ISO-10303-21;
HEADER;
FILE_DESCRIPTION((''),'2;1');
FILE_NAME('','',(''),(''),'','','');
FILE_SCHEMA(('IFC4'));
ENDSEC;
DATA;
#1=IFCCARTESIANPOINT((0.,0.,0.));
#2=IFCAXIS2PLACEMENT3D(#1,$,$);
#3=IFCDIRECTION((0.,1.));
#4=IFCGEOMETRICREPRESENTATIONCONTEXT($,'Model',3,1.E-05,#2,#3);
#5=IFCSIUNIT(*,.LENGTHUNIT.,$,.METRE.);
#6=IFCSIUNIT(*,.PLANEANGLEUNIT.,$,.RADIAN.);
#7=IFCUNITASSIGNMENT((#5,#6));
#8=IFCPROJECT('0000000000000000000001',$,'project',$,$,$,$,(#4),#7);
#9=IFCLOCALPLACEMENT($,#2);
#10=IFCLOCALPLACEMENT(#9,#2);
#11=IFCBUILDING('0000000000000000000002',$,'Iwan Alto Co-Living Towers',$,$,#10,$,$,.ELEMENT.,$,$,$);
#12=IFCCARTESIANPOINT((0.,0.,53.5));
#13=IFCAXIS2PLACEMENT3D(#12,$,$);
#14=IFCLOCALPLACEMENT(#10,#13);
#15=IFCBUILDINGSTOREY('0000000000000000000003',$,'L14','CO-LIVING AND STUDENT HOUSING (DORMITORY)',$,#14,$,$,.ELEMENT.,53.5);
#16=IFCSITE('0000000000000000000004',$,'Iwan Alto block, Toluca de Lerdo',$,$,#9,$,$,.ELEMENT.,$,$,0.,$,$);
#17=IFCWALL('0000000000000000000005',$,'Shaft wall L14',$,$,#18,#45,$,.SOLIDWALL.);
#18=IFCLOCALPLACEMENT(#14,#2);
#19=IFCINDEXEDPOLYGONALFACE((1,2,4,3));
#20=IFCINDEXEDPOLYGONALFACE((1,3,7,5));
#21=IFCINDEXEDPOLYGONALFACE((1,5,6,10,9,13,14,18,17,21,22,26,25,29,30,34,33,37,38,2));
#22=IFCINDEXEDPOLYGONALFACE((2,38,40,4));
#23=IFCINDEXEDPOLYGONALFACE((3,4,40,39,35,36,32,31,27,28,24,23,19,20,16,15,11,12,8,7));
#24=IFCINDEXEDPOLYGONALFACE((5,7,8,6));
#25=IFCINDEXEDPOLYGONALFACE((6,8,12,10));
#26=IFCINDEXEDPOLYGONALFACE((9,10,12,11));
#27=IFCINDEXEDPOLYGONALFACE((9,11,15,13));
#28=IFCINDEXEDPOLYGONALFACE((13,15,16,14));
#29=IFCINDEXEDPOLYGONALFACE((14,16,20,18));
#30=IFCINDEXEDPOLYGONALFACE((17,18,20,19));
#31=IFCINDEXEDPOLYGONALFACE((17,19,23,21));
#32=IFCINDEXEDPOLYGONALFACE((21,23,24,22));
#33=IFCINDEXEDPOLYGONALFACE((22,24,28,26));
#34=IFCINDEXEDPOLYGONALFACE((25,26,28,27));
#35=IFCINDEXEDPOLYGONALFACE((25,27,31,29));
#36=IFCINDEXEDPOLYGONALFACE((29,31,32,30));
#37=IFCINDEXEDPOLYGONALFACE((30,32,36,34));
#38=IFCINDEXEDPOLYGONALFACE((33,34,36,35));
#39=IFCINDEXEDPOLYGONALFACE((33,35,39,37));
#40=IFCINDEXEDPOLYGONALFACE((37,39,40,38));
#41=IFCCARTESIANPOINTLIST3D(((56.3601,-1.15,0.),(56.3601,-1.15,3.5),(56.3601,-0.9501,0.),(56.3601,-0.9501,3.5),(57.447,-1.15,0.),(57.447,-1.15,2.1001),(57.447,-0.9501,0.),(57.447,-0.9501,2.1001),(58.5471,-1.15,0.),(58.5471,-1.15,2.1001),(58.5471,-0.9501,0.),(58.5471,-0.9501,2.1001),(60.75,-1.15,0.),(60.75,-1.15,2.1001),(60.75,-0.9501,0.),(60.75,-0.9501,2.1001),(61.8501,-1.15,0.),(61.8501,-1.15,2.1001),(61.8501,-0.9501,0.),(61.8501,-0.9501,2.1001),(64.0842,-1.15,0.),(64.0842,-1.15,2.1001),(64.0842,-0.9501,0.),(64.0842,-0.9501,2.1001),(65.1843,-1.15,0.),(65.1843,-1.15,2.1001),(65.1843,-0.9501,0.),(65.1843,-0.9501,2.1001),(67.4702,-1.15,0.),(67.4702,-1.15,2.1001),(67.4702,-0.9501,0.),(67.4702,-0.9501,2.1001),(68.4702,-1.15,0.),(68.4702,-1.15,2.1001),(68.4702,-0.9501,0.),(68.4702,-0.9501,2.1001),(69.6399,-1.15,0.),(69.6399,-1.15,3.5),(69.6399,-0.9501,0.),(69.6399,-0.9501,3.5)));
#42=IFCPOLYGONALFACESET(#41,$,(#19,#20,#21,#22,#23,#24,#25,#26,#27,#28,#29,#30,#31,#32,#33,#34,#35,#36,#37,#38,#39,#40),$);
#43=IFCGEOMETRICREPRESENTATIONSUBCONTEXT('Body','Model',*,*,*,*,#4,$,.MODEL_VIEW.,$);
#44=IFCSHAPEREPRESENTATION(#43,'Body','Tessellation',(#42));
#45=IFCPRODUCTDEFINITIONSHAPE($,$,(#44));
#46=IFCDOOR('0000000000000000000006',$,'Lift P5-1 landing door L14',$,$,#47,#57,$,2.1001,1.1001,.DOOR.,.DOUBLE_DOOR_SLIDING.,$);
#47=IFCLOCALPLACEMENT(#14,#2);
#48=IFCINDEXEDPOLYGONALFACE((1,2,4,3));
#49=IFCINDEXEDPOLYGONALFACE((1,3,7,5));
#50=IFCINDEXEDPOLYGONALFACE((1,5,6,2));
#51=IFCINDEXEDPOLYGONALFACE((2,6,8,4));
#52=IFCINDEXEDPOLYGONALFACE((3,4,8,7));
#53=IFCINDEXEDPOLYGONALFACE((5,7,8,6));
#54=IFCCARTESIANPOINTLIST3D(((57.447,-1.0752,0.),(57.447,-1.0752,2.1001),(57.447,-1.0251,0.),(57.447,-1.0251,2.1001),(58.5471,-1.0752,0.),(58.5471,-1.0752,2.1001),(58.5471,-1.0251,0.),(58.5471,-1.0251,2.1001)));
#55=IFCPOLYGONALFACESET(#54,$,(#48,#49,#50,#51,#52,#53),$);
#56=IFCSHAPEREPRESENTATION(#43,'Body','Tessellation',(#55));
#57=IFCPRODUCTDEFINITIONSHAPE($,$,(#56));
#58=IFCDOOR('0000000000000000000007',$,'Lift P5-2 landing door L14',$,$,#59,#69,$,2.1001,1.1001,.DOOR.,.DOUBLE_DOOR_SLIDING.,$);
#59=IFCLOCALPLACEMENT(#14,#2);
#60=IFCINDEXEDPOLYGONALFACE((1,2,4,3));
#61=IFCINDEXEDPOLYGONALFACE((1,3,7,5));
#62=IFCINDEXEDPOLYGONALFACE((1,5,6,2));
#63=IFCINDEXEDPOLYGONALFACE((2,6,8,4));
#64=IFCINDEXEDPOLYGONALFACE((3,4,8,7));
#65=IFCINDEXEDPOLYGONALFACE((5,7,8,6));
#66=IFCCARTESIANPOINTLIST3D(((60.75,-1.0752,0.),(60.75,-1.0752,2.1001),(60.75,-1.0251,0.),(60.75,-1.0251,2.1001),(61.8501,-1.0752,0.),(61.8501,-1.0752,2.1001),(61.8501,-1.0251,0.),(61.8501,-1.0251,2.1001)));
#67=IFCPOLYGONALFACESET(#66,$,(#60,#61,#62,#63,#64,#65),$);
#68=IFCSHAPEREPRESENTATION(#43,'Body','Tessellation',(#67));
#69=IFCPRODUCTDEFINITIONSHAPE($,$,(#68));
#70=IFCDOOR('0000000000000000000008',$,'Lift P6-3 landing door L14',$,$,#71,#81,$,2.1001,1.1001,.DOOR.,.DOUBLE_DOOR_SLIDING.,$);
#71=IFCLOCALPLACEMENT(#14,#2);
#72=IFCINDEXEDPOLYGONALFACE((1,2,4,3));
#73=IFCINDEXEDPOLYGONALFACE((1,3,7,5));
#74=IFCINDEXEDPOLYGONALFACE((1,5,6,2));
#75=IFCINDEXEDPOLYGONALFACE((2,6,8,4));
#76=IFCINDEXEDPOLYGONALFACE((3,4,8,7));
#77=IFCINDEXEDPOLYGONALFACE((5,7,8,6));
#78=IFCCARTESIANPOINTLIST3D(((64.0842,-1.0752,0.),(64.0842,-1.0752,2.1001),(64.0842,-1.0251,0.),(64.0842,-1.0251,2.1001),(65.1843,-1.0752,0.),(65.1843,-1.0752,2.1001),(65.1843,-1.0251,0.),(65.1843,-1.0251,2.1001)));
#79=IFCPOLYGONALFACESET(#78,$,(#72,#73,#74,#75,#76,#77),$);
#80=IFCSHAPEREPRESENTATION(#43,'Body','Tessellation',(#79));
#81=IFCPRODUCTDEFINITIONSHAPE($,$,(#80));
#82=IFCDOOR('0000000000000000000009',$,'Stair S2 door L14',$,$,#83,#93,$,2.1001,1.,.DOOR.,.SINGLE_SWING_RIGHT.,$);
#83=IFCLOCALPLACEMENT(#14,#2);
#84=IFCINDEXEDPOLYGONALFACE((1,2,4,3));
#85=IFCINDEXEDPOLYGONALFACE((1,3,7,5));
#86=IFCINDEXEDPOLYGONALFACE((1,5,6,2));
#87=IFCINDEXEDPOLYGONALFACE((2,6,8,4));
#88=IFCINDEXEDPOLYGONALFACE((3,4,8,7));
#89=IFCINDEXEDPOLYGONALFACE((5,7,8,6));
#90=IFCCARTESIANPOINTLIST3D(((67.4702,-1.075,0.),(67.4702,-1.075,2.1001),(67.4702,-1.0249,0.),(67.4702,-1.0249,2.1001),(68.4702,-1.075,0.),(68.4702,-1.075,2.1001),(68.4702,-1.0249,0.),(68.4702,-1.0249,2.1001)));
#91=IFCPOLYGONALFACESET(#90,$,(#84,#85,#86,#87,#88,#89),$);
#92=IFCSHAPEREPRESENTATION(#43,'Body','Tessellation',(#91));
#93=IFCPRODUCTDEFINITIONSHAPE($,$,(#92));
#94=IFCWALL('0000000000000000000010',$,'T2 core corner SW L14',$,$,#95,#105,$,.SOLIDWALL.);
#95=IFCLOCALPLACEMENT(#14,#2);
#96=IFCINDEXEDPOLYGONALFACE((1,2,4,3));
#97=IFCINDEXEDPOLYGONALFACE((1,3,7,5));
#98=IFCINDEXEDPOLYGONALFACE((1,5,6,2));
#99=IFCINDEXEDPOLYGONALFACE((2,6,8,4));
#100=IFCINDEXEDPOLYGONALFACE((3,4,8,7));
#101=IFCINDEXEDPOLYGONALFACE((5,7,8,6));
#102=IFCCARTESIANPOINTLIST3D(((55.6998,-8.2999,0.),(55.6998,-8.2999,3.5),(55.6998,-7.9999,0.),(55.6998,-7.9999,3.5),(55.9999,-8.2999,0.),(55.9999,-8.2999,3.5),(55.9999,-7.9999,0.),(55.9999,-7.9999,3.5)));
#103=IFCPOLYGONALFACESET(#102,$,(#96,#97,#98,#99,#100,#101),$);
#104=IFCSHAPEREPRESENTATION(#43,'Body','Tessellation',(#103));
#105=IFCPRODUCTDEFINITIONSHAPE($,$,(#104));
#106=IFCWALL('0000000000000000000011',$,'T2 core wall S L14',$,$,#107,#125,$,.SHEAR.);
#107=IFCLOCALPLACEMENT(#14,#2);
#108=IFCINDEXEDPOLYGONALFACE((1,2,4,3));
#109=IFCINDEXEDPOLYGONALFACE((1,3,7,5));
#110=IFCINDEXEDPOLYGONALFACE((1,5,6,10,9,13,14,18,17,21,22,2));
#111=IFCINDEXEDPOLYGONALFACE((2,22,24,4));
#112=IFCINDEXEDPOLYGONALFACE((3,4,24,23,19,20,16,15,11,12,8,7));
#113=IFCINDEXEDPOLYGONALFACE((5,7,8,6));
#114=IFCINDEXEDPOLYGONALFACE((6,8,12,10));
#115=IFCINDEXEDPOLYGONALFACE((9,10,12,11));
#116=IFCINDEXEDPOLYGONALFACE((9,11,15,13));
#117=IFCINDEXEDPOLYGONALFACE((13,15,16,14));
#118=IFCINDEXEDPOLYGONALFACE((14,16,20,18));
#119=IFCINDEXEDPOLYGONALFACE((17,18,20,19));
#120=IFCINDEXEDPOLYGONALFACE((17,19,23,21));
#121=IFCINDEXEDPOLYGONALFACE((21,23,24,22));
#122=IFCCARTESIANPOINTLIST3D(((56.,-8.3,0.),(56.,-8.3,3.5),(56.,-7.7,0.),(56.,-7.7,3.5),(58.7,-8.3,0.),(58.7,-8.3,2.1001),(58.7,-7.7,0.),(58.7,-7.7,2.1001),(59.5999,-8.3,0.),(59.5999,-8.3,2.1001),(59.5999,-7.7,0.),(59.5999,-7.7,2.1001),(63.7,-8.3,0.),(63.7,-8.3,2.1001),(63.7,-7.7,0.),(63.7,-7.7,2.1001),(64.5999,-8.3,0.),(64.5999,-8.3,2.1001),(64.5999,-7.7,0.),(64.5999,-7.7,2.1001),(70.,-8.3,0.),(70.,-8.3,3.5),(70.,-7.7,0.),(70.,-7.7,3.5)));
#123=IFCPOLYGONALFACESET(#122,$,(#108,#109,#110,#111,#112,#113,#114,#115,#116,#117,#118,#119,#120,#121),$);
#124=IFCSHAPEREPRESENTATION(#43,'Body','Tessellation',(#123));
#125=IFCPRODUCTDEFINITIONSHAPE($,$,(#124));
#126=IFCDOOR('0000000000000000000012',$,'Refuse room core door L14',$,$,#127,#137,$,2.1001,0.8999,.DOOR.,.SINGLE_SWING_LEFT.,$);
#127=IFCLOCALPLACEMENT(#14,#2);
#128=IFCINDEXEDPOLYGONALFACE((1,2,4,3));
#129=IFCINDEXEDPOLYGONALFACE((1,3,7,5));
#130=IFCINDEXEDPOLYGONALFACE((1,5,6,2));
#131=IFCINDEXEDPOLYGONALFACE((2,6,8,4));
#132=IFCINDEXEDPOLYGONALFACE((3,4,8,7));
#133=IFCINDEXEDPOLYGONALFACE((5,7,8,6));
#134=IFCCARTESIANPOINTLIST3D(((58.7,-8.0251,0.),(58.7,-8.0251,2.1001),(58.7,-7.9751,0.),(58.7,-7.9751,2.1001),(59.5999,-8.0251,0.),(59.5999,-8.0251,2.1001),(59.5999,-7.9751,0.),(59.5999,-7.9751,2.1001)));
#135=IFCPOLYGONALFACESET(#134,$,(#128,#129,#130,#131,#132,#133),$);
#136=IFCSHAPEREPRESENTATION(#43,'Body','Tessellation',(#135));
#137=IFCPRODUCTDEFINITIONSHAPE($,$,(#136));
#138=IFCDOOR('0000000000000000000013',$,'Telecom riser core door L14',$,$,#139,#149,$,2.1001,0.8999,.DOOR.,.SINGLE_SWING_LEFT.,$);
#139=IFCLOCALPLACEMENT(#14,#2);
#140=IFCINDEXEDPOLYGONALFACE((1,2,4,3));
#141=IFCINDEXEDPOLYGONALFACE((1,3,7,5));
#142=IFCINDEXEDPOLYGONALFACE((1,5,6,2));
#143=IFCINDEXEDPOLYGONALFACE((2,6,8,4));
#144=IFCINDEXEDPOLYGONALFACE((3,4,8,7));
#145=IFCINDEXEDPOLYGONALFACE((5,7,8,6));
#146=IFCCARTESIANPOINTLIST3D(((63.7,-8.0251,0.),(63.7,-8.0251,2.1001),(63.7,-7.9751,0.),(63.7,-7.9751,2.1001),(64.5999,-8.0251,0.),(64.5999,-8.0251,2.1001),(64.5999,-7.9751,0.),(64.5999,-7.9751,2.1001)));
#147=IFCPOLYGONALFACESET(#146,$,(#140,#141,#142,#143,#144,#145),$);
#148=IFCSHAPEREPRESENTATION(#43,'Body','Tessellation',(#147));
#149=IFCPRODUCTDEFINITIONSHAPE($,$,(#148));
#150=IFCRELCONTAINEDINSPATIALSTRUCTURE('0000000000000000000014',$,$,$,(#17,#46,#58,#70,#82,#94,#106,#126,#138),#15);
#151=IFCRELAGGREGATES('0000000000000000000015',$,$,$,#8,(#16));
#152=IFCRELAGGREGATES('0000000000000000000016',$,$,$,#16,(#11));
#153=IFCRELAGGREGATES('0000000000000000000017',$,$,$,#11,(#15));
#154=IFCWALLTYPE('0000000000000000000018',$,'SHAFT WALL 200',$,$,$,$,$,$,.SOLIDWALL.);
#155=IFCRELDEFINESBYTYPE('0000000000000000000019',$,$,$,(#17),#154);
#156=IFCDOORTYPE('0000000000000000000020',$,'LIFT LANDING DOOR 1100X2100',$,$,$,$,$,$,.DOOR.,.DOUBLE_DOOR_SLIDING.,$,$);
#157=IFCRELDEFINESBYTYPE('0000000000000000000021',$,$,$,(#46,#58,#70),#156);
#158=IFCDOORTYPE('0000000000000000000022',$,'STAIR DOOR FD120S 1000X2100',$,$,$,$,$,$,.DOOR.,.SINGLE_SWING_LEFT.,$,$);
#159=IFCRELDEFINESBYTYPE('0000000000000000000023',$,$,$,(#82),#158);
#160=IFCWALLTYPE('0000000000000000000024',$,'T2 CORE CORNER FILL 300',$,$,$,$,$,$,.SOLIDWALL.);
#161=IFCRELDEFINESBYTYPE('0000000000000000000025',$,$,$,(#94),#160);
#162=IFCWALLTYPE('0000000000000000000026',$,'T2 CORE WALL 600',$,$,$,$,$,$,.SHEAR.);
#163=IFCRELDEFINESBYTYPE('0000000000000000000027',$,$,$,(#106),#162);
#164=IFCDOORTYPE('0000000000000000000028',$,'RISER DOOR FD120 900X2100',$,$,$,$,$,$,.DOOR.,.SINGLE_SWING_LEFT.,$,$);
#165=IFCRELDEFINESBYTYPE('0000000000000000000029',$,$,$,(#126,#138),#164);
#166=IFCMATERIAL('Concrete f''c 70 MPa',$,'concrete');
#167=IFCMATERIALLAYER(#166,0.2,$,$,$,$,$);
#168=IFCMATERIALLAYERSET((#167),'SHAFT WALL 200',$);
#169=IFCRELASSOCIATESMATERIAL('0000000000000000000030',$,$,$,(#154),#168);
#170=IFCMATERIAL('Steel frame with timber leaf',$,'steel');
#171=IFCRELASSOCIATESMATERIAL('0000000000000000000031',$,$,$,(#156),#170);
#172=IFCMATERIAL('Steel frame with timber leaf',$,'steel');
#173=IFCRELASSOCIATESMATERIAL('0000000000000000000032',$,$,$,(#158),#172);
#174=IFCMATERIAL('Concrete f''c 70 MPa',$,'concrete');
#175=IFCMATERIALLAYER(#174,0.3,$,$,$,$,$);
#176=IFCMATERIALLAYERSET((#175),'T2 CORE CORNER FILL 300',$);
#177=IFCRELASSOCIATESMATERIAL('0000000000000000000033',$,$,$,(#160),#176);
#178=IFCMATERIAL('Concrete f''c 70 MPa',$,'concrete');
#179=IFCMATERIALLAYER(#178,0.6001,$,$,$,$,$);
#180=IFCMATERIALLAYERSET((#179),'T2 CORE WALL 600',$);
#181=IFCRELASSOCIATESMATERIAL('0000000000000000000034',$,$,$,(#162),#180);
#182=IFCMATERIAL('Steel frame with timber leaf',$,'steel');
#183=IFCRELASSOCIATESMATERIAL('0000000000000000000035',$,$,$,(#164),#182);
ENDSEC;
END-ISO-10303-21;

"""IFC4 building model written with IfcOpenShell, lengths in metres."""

from ifc_helpers import new_model, si_unit, direction, frame, frame_2d, origin, place, context, subcontext, project, spatial, rectangle, extrude, material, layer, layer_set, type_object, element, fill, save


model = new_model("IFC4")

# Units and contexts
model_context = context("Model", 3, precision=1e-05, world=origin(), true_north=direction((0.0, 1.0)))
body_context = subcontext(model_context, "Body", "Model", "MODEL_VIEW")
ifc_project = project(units=[si_unit("LENGTHUNIT", "METRE"), si_unit("PLANEANGLEUNIT", "RADIAN")], contexts=[model_context])

# Site, building, storey
site_placement = place(None, origin())
site = spatial("IfcSite", under=ifc_project, at=site_placement, Name="Iwan Alto block, Toluca de Lerdo", CompositionType="ELEMENT", RefElevation=0.0)
building_placement = place(site_placement, origin())
building = spatial("IfcBuilding", under=site, at=building_placement, Name="Iwan Alto Co-Living Towers", CompositionType="ELEMENT")
storey_placement = place(building_placement, frame((0.0, 0.0, 53.5)))
storey = spatial("IfcBuildingStorey", under=building, at=storey_placement, Name="L14", Description="CO-LIVING AND STUDENT HOUSING (DORMITORY)", CompositionType="ELEMENT", Elevation=53.5)

# Shared definitions
ifc_material_1 = material(Name="Concrete f'c 70 MPa", Category="concrete")
ifc_layer_1 = layer(ifc_material_1, 0.2)
ifc_layer_set_1 = layer_set([ifc_layer_1], Name="SHAFT WALL 200")
wall_type_1 = type_object("IfcWallType", Name="SHAFT WALL 200", PredefinedType="SOLIDWALL", material=ifc_layer_set_1)

# Wall, openings, doors
wall_1_placement = place(storey_placement, frame((56.3601, -1.05, 0.0), z_axis=(0.0, 0.0, 1.0), x_axis=(1.0, 0.0, 0.0)))
wall_1 = element("IfcWall", 1, at=wall_1_placement, inside=storey, type_object=wall_type_1, Name="Shaft wall L14", PredefinedType="SOLIDWALL", context=body_context, shape_type="SweptSolid", body=[
    extrude(rectangle(XDim=13.2798, YDim=0.2, at=frame_2d((6.6399, 0.0))), origin(), (0.0, 0.0, 1.0), 3.5),
])
opening_1_placement = place(wall_1_placement, frame((11.1101, 0.0, 0.0)))
opening_1 = element("IfcOpeningElement", 2, at=opening_1_placement, cuts=wall_1, PredefinedType="OPENING", context=body_context, shape_type="SweptSolid", body=[
    extrude(rectangle(XDim=1.0, YDim=2.1001, at=frame_2d((0.5, 1.05))), frame((0.0, 0.1099, 0.0), z_axis=(0.0, -1.0, 0.0), x_axis=(1.0, 0.0, 0.0)), (0.0, 0.0, 1.0), 0.22),
])
opening_2_placement = place(wall_1_placement, frame((1.0869, 0.0, 0.0)))
opening_2 = element("IfcOpeningElement", 3, at=opening_2_placement, cuts=wall_1, PredefinedType="OPENING", context=body_context, shape_type="SweptSolid", body=[
    extrude(rectangle(XDim=1.1001, YDim=2.1001, at=frame_2d((0.55, 1.05))), frame((0.0, 0.1099, 0.0), z_axis=(0.0, -1.0, 0.0), x_axis=(1.0, 0.0, 0.0)), (0.0, 0.0, 1.0), 0.22),
])
opening_3_placement = place(wall_1_placement, frame((4.3899, 0.0, 0.0)))
opening_3 = element("IfcOpeningElement", 4, at=opening_3_placement, cuts=wall_1, PredefinedType="OPENING", context=body_context, shape_type="SweptSolid", body=[
    extrude(rectangle(XDim=1.1001, YDim=2.1001, at=frame_2d((0.55, 1.05))), frame((0.0, 0.1099, 0.0), z_axis=(0.0, -1.0, 0.0), x_axis=(1.0, 0.0, 0.0)), (0.0, 0.0, 1.0), 0.22),
])
opening_4_placement = place(wall_1_placement, frame((7.7241, 0.0, 0.0)))
opening_4 = element("IfcOpeningElement", 5, at=opening_4_placement, cuts=wall_1, PredefinedType="OPENING", context=body_context, shape_type="SweptSolid", body=[
    extrude(rectangle(XDim=1.1001, YDim=2.1001, at=frame_2d((0.55, 1.05))), frame((0.0, 0.1099, 0.0), z_axis=(0.0, -1.0, 0.0), x_axis=(1.0, 0.0, 0.0)), (0.0, 0.0, 1.0), 0.22),
])
ifc_material_2 = material(Name="Steel frame with timber leaf", Category="steel")
door_type_1 = type_object("IfcDoorType", Name="LIFT LANDING DOOR 1100X2100", OperationType="DOUBLE_DOOR_SLIDING", PredefinedType="DOOR", material=ifc_material_2)
door_1_placement = place(opening_2_placement, origin())
door_1 = element("IfcDoor", 6, at=door_1_placement, inside=storey, type_object=door_type_1, Name="Lift P5-1 landing door L14", OperationType="DOUBLE_DOOR_SLIDING", OverallHeight=2.1001, OverallWidth=1.1001, PredefinedType="DOOR", context=body_context, shape_type="SweptSolid", body=[
    extrude(rectangle(XDim=1.1001, YDim=2.1001, at=frame_2d((0.55, 1.05))), frame((0.0, 0.0249, 0.0), z_axis=(0.0, -1.0, 0.0), x_axis=(1.0, 0.0, 0.0)), (0.0, 0.0, 1.0), 0.05),
])
fill(opening_2, door_1)
door_2_placement = place(opening_3_placement, origin())
door_2 = element("IfcDoor", 7, at=door_2_placement, inside=storey, type_object=door_type_1, Name="Lift P5-2 landing door L14", OperationType="DOUBLE_DOOR_SLIDING", OverallHeight=2.1001, OverallWidth=1.1001, PredefinedType="DOOR", context=body_context, shape_type="SweptSolid", body=[
    extrude(rectangle(XDim=1.1001, YDim=2.1001, at=frame_2d((0.55, 1.05))), frame((0.0, 0.0249, 0.0), z_axis=(0.0, -1.0, 0.0), x_axis=(1.0, 0.0, 0.0)), (0.0, 0.0, 1.0), 0.05),
])
fill(opening_3, door_2)
door_3_placement = place(opening_4_placement, origin())
door_3 = element("IfcDoor", 8, at=door_3_placement, inside=storey, type_object=door_type_1, Name="Lift P6-3 landing door L14", OperationType="DOUBLE_DOOR_SLIDING", OverallHeight=2.1001, OverallWidth=1.1001, PredefinedType="DOOR", context=body_context, shape_type="SweptSolid", body=[
    extrude(rectangle(XDim=1.1001, YDim=2.1001, at=frame_2d((0.55, 1.05))), frame((0.0, 0.0249, 0.0), z_axis=(0.0, -1.0, 0.0), x_axis=(1.0, 0.0, 0.0)), (0.0, 0.0, 1.0), 0.05),
])
fill(opening_4, door_3)
ifc_material_3 = material(Name="Steel frame with timber leaf", Category="steel")
door_type_2 = type_object("IfcDoorType", Name="STAIR DOOR FD120S 1000X2100", OperationType="SINGLE_SWING_LEFT", PredefinedType="DOOR", material=ifc_material_3)
door_4_placement = place(opening_1_placement, frame((1.0, 0.0, 0.0), z_axis=(0.0, 0.0, 1.0), x_axis=(-1.0, 0.0, 0.0)))
door_4 = element("IfcDoor", 9, at=door_4_placement, inside=storey, type_object=door_type_2, Name="Stair S2 door L14", OperationType="SINGLE_SWING_RIGHT", OverallHeight=2.1001, OverallWidth=1.0, PredefinedType="DOOR", context=body_context, shape_type="SweptSolid", body=[
    extrude(rectangle(XDim=1.0, YDim=2.1001, at=frame_2d((0.5, 1.05))), frame((0.0, 0.0249, 0.0), z_axis=(0.0, -1.0, 0.0), x_axis=(1.0, 0.0, 0.0)), (0.0, 0.0, 1.0), 0.05),
])
fill(opening_1, door_4)

# Wall
ifc_material_4 = material(Name="Concrete f'c 70 MPa", Category="concrete")
ifc_layer_2 = layer(ifc_material_4, 0.3)
ifc_layer_set_2 = layer_set([ifc_layer_2], Name="T2 CORE CORNER FILL 300")
wall_type_2 = type_object("IfcWallType", Name="T2 CORE CORNER FILL 300", PredefinedType="SOLIDWALL", material=ifc_layer_set_2)
wall_2_placement = place(storey_placement, frame((55.7, -8.1499, 0.0), z_axis=(0.0, 0.0, 1.0), x_axis=(1.0, 0.0, 0.0)))
element("IfcWall", 10, at=wall_2_placement, inside=storey, type_object=wall_type_2, Name="T2 core corner SW L14", PredefinedType="SOLIDWALL", context=body_context, shape_type="SweptSolid", body=[
    extrude(rectangle(XDim=0.3, YDim=0.3, at=frame_2d((0.1499, 0.0))), origin(), (0.0, 0.0, 1.0), 3.5),
])

# Wall, openings, doors
ifc_material_5 = material(Name="Concrete f'c 70 MPa", Category="concrete")
ifc_layer_3 = layer(ifc_material_5, 0.6001)
ifc_layer_set_3 = layer_set([ifc_layer_3], Name="T2 CORE WALL 600")
wall_type_3 = type_object("IfcWallType", Name="T2 CORE WALL 600", PredefinedType="SHEAR", material=ifc_layer_set_3)
wall_3_placement = place(storey_placement, frame((56.0, -8.0, 0.0), z_axis=(0.0, 0.0, 1.0), x_axis=(1.0, 0.0, 0.0)))
wall_3 = element("IfcWall", 11, at=wall_3_placement, inside=storey, type_object=wall_type_3, Name="T2 core wall S L14", PredefinedType="SHEAR", context=body_context, shape_type="SweptSolid", body=[
    extrude(rectangle(XDim=14.0, YDim=0.6001, at=frame_2d((7.0, 0.0))), origin(), (0.0, 0.0, 1.0), 3.5),
])
opening_5_placement = place(wall_3_placement, frame((2.7, 0.0, 0.0)))
opening_5 = element("IfcOpeningElement", 12, at=opening_5_placement, cuts=wall_3, PredefinedType="OPENING", context=body_context, shape_type="SweptSolid", body=[
    extrude(rectangle(XDim=0.8999, YDim=2.1001, at=frame_2d((0.45, 1.05))), frame((0.0, 0.3101, 0.0), z_axis=(0.0, -1.0, 0.0), x_axis=(1.0, 0.0, 0.0)), (0.0, 0.0, 1.0), 0.6201),
])
opening_6_placement = place(wall_3_placement, frame((7.7, 0.0, 0.0)))
opening_6 = element("IfcOpeningElement", 13, at=opening_6_placement, cuts=wall_3, PredefinedType="OPENING", context=body_context, shape_type="SweptSolid", body=[
    extrude(rectangle(XDim=0.8999, YDim=2.1001, at=frame_2d((0.45, 1.05))), frame((0.0, 0.3101, 0.0), z_axis=(0.0, -1.0, 0.0), x_axis=(1.0, 0.0, 0.0)), (0.0, 0.0, 1.0), 0.6201),
])
ifc_material_6 = material(Name="Steel frame with timber leaf", Category="steel")
door_type_3 = type_object("IfcDoorType", Name="RISER DOOR FD120 900X2100", OperationType="SINGLE_SWING_LEFT", PredefinedType="DOOR", material=ifc_material_6)
door_5_placement = place(opening_5_placement, origin())
door_5 = element("IfcDoor", 14, at=door_5_placement, inside=storey, type_object=door_type_3, Name="Refuse room core door L14", OperationType="SINGLE_SWING_LEFT", OverallHeight=2.1001, OverallWidth=0.8999, PredefinedType="DOOR", context=body_context, shape_type="SweptSolid", body=[
    extrude(rectangle(XDim=0.8999, YDim=2.1001, at=frame_2d((0.45, 1.05))), frame((0.0, 0.0249, 0.0), z_axis=(0.0, -1.0, 0.0), x_axis=(1.0, 0.0, 0.0)), (0.0, 0.0, 1.0), 0.05),
])
fill(opening_5, door_5)
door_6_placement = place(opening_6_placement, origin())
door_6 = element("IfcDoor", 15, at=door_6_placement, inside=storey, type_object=door_type_3, Name="Telecom riser core door L14", OperationType="SINGLE_SWING_LEFT", OverallHeight=2.1001, OverallWidth=0.8999, PredefinedType="DOOR", context=body_context, shape_type="SweptSolid", body=[
    extrude(rectangle(XDim=0.8999, YDim=2.1001, at=frame_2d((0.45, 1.05))), frame((0.0, 0.0249, 0.0), z_axis=(0.0, -1.0, 0.0), x_axis=(1.0, 0.0, 0.0)), (0.0, 0.0, 1.0), 0.05),
])
fill(opening_6, door_6)

save(model, "model.ifc")
